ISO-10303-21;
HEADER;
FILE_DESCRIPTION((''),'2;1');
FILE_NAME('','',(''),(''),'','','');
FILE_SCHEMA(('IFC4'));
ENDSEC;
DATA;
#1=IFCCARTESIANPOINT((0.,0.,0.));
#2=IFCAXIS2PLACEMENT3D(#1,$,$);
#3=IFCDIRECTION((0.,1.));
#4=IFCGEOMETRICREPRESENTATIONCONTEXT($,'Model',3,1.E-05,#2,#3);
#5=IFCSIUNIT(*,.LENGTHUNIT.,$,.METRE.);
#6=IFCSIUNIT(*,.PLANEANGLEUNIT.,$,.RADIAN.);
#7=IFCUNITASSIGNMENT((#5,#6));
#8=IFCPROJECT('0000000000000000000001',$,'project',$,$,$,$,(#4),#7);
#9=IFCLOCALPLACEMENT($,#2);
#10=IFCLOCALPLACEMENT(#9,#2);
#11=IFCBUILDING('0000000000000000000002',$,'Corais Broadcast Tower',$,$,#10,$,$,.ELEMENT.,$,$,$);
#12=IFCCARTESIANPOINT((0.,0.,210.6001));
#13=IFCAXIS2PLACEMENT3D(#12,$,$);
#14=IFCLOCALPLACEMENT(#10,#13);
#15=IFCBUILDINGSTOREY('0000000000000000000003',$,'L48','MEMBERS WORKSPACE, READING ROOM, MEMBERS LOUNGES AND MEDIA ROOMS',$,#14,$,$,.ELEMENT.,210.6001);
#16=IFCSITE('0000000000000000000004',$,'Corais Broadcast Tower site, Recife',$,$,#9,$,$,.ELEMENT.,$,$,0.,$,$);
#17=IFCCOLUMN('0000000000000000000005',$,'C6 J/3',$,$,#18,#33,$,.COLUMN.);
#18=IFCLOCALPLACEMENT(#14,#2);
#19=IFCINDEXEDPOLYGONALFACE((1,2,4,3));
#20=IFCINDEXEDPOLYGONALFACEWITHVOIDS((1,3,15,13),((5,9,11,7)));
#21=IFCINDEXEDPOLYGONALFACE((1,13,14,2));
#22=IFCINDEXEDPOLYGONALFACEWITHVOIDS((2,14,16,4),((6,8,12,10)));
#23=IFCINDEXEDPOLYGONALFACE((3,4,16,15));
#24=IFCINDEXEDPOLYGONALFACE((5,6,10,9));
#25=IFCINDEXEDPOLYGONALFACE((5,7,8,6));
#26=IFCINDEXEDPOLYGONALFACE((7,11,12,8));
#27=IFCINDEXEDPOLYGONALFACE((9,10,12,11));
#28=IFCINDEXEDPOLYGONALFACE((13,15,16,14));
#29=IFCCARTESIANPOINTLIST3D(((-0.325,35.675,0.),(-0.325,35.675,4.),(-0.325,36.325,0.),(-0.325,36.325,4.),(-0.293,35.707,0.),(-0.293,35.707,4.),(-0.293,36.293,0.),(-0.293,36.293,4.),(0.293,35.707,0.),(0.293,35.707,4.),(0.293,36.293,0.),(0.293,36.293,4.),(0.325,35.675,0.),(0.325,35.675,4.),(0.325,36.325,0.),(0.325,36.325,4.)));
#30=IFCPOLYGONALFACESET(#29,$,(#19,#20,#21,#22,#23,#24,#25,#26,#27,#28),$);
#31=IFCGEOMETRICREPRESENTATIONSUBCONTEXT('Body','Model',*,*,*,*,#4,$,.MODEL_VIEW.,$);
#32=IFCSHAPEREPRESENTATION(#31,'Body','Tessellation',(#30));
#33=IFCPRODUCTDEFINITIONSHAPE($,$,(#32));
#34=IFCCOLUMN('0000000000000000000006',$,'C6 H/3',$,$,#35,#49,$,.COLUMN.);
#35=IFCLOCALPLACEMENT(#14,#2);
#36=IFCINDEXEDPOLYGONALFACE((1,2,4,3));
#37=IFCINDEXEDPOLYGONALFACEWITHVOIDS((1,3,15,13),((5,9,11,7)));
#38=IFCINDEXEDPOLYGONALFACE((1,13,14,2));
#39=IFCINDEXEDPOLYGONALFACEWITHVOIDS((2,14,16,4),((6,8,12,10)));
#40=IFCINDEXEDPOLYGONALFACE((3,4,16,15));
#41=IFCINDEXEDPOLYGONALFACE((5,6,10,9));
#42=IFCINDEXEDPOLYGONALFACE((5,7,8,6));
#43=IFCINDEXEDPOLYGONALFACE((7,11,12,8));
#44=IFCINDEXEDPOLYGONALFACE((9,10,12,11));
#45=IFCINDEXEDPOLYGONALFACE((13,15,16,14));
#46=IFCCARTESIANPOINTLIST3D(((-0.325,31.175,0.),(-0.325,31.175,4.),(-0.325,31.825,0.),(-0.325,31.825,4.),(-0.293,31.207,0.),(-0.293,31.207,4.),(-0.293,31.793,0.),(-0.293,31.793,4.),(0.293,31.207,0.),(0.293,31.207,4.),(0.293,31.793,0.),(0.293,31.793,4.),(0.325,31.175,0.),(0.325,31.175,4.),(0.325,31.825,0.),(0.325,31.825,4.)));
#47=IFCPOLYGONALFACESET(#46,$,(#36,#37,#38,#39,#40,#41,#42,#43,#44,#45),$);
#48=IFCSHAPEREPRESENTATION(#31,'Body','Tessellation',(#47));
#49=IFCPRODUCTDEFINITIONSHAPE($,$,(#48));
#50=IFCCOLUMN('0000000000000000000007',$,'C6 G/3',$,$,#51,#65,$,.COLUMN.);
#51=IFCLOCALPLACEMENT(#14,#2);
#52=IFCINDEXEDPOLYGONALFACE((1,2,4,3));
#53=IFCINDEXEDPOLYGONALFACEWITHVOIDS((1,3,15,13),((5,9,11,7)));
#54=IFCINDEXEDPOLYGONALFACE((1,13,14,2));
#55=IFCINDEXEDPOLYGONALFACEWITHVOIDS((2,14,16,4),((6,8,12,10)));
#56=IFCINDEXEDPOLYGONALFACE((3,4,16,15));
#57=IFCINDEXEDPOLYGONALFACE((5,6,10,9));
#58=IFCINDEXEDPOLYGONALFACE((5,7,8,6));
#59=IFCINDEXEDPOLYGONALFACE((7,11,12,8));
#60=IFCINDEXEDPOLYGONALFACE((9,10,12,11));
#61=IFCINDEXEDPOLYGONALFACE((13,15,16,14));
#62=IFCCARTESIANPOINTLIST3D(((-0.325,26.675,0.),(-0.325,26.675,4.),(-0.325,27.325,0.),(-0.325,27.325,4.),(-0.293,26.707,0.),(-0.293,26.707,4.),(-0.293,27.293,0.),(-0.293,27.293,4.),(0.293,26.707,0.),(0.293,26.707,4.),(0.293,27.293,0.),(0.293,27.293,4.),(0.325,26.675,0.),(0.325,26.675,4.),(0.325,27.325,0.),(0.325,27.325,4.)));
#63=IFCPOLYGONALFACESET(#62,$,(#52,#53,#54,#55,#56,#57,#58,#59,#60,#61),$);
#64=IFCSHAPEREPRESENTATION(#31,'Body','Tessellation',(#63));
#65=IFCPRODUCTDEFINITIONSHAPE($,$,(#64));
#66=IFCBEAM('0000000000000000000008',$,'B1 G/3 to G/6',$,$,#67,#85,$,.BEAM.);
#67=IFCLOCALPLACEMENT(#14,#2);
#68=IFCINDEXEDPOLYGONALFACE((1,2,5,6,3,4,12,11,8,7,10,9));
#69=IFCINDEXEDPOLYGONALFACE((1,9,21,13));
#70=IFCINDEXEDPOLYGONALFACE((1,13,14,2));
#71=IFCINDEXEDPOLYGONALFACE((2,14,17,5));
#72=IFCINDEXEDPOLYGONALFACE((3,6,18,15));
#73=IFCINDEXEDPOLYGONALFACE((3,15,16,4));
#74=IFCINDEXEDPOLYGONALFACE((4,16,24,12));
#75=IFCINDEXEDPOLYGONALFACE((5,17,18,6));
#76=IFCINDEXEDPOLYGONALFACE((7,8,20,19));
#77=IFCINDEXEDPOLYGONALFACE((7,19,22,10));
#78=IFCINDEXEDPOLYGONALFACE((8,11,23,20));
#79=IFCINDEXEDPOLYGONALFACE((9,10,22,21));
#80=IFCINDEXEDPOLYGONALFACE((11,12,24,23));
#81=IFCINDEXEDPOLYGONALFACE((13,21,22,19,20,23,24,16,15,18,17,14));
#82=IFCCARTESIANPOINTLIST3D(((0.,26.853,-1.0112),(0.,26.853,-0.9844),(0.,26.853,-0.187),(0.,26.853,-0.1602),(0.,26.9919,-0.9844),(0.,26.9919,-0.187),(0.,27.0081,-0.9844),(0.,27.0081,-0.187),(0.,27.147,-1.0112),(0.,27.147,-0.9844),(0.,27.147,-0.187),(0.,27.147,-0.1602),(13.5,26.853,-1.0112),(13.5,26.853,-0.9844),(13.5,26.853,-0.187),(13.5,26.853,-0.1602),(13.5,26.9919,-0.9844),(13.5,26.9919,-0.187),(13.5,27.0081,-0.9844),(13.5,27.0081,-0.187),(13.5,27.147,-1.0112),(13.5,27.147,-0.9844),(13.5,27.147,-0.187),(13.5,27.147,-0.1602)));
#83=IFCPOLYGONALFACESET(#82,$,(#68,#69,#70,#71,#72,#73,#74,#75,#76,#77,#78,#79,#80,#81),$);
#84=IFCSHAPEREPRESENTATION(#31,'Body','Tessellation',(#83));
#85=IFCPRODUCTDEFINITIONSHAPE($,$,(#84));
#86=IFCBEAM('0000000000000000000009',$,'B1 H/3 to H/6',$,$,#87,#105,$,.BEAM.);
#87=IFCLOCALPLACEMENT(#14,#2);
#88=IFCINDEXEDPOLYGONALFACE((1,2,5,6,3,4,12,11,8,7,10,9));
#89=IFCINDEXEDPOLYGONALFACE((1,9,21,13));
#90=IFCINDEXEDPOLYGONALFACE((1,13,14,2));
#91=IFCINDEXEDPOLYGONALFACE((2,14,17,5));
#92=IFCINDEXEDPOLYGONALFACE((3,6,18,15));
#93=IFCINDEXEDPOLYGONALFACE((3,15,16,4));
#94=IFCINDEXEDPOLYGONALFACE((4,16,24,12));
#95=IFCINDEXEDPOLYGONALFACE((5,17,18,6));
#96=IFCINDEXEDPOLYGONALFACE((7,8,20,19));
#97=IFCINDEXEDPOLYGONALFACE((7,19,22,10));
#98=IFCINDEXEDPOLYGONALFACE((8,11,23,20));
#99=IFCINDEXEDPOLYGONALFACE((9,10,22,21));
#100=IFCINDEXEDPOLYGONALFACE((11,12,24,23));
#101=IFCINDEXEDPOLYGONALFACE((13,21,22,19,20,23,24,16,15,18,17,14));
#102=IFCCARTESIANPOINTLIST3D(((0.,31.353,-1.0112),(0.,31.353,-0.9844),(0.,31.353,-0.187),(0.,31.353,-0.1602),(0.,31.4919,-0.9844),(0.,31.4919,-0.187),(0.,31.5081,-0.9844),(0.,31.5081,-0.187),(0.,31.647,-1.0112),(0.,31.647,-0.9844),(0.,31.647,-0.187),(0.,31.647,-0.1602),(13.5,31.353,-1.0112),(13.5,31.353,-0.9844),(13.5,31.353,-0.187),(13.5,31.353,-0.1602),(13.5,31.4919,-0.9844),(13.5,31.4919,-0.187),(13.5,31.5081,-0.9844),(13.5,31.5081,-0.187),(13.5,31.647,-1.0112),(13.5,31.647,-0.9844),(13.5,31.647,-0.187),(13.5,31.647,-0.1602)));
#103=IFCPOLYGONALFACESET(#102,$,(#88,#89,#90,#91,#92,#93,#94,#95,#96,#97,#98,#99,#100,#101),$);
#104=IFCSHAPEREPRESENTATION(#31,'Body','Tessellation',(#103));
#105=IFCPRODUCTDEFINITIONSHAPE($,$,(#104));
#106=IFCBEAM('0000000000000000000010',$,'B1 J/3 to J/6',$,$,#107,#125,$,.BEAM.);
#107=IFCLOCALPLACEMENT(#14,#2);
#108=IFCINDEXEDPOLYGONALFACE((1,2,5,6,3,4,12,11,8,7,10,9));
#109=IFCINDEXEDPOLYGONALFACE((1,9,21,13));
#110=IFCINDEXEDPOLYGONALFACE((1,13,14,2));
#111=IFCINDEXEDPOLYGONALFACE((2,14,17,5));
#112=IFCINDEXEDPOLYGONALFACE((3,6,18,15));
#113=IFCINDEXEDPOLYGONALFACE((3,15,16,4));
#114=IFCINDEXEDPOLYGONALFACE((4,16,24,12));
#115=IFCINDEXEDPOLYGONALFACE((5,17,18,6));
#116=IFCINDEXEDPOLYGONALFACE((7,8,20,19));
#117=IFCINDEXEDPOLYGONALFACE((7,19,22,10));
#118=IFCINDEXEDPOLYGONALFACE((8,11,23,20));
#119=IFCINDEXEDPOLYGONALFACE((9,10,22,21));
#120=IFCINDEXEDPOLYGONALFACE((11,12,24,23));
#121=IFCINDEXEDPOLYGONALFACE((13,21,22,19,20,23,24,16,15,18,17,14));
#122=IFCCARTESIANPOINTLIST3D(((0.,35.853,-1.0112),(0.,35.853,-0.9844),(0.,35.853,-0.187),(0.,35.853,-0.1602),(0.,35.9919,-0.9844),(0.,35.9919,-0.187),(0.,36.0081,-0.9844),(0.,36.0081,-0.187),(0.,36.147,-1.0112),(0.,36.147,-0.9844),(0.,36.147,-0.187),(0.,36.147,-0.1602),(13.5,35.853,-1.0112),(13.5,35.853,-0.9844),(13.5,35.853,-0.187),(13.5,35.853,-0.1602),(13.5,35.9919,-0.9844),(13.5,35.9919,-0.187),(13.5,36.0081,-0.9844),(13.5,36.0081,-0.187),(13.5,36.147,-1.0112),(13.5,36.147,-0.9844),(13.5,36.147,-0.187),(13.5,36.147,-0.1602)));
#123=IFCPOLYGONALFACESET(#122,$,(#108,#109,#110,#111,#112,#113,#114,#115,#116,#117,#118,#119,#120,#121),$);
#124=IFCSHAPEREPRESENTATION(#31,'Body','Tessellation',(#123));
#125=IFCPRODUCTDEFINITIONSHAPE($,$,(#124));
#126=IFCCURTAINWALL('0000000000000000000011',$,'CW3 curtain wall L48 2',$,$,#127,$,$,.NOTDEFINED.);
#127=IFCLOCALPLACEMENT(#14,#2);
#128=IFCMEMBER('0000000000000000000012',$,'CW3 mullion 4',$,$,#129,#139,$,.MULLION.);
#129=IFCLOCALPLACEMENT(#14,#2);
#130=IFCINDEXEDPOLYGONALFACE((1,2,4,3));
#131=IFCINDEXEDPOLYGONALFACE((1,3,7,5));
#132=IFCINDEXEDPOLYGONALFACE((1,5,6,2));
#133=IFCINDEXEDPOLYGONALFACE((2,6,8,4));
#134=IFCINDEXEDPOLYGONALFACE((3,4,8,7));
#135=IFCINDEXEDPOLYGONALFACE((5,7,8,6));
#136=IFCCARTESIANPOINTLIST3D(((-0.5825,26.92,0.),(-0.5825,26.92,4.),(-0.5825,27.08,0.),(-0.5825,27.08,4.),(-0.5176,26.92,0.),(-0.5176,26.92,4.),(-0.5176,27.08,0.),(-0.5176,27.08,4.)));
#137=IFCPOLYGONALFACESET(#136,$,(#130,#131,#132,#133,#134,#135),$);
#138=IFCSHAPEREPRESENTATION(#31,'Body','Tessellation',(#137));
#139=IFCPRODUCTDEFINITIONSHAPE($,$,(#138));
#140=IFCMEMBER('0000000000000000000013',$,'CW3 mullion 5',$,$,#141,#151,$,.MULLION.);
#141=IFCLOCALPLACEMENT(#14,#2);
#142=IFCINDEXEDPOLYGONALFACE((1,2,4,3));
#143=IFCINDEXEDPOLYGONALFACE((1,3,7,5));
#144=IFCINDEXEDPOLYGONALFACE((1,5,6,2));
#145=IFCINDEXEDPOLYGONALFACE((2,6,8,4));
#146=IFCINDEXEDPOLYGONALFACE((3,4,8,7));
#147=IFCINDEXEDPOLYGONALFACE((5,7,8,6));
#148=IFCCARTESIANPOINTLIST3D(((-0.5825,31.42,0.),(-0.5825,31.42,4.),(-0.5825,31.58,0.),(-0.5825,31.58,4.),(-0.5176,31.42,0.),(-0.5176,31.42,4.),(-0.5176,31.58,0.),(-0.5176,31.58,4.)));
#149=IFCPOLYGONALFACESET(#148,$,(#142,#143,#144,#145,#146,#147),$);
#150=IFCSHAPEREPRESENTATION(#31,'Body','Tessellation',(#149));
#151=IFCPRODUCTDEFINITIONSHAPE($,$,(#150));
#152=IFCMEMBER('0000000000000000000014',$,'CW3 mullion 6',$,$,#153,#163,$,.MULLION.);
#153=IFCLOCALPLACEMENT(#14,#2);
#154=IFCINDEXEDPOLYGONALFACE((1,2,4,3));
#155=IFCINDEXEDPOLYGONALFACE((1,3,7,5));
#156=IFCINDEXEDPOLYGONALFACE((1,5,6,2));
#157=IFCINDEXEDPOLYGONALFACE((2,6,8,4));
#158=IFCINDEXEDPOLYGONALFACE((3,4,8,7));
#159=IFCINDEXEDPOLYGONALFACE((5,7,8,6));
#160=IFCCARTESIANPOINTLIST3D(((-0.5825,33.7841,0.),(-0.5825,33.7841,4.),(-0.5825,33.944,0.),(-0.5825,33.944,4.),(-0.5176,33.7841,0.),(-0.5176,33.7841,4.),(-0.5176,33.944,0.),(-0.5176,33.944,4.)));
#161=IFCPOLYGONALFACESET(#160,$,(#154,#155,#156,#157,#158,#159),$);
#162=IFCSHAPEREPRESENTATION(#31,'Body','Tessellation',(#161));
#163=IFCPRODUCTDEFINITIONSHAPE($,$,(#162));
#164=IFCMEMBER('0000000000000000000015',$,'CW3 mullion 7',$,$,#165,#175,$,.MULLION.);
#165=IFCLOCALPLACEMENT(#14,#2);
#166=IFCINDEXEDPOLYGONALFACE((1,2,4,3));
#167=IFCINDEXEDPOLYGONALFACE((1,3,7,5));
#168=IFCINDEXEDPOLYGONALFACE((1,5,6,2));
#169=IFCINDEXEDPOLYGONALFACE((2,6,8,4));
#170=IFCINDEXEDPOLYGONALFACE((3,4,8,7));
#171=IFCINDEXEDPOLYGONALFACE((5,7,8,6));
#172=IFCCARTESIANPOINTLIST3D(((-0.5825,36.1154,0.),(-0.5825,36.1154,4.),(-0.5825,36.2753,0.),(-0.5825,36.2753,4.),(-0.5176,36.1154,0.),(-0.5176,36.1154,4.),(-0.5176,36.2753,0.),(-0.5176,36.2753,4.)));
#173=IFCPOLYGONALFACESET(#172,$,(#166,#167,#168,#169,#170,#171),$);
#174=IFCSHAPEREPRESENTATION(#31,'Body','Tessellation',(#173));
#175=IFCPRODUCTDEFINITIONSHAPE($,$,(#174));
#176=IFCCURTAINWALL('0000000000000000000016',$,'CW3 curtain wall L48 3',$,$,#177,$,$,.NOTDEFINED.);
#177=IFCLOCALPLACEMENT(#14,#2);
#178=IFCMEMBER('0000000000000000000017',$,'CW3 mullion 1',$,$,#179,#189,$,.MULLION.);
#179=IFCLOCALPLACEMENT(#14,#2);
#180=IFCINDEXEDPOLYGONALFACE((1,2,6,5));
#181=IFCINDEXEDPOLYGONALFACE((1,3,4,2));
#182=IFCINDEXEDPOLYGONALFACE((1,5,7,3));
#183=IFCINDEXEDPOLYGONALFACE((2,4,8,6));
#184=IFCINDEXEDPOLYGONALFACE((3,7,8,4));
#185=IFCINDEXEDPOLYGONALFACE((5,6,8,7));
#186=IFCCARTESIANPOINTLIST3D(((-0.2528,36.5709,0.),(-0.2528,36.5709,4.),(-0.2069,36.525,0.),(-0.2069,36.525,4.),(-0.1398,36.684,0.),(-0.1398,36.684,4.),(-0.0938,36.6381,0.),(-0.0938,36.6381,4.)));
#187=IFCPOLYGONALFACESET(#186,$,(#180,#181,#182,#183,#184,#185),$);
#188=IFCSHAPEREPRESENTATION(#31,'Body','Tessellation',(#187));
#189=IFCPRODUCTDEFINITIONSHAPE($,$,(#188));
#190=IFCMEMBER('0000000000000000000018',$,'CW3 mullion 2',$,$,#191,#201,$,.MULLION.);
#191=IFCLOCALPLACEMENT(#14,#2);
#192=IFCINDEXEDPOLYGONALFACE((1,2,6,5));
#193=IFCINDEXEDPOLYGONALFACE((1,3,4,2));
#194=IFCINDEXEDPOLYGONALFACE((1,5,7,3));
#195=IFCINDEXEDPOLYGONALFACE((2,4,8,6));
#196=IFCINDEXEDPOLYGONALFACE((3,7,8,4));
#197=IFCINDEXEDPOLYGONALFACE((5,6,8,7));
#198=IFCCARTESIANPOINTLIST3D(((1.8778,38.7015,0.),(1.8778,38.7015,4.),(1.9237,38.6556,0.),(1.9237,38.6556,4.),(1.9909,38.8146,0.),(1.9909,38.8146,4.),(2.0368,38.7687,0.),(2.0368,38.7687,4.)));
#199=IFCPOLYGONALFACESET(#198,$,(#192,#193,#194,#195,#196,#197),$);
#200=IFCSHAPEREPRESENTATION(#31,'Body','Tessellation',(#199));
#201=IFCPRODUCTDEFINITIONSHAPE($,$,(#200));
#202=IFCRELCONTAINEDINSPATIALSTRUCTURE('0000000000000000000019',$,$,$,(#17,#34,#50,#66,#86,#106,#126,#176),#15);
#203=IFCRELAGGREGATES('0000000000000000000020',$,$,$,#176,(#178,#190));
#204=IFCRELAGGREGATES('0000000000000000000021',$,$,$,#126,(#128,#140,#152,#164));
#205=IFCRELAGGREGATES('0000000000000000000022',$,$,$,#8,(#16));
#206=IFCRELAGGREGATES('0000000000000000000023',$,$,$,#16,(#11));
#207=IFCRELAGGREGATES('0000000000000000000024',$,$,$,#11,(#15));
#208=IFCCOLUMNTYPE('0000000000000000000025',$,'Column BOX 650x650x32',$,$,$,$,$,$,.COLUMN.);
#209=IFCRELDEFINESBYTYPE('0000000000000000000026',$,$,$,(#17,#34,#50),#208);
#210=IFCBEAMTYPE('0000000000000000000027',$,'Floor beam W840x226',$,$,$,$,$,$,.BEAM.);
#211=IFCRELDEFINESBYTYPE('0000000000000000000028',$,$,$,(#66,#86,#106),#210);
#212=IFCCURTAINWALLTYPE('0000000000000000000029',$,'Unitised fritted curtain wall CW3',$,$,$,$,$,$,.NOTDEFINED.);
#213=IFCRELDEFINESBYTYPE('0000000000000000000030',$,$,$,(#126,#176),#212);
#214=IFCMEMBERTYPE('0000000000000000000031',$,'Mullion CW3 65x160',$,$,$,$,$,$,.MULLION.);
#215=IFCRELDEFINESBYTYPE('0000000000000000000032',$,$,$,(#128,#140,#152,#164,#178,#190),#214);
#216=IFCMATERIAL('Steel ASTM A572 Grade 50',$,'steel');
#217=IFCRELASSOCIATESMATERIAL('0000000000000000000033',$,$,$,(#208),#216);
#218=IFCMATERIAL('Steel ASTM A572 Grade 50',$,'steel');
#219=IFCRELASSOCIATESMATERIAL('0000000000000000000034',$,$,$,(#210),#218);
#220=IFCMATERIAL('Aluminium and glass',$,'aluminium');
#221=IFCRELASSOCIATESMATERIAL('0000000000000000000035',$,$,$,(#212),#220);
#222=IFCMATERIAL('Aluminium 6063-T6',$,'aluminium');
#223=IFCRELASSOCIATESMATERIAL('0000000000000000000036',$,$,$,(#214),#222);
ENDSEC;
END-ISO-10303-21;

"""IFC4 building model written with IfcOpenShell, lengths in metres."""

from ifc_helpers import new_model, si_unit, direction, frame, origin, origin_2d, place, context, subcontext, project, spatial, rectangle, hollow_rectangle, i_section, extrude, material, material_profile, profile_set, type_object, element, aggregate, save


model = new_model("IFC4")

# Units and contexts
model_context = context("Model", 3, precision=1e-05, world=origin(), true_north=direction((0.0, 1.0)))
body_context = subcontext(model_context, "Body", "Model", "MODEL_VIEW")
ifc_project = project(units=[si_unit("LENGTHUNIT", "METRE"), si_unit("PLANEANGLEUNIT", "RADIAN")], contexts=[model_context])

# Site, building, storey
site_placement = place(None, origin())
site = spatial("IfcSite", under=ifc_project, at=site_placement, Name="Corais Broadcast Tower site, Recife", CompositionType="ELEMENT", RefElevation=0.0)
building_placement = place(site_placement, origin())
building = spatial("IfcBuilding", under=site, at=building_placement, Name="Corais Broadcast Tower", CompositionType="ELEMENT")
storey_placement = place(building_placement, frame((0.0, 0.0, 210.6001)))
storey = spatial("IfcBuildingStorey", under=building, at=storey_placement, Name="L48", Description="MEMBERS WORKSPACE, READING ROOM, MEMBERS LOUNGES AND MEDIA ROOMS", CompositionType="ELEMENT", Elevation=210.6001)

# Columns
ifc_material_1 = material(Name="Steel ASTM A572 Grade 50", Category="steel")
ifc_material_profile_1 = material_profile(ifc_material_1, hollow_rectangle(XDim=0.6499, YDim=0.6499, WallThickness=0.032, at=origin_2d()), Name="BOX 650x650x32")
ifc_profile_set_1 = profile_set([ifc_material_profile_1], Name="Steel ASTM A572 Grade 50")
column_type = type_object("IfcColumnType", Name="Column BOX 650x650x32", PredefinedType="COLUMN", material=ifc_profile_set_1)
for number, where, z_axis, x_axis, name in (
    (1, (0.0, 36.0, 0.0), (0.0, 0.0, 1.0), (1.0, 0.0, 0.0), "C6 J/3"),
    (2, (0.0, 31.5, 0.0), (0.0, 0.0, 1.0), (1.0, 0.0, 0.0), "C6 H/3"),
    (3, (0.0, 27.0, 0.0), (0.0, 0.0, 1.0), (1.0, 0.0, 0.0), "C6 G/3"),
):
    element("IfcColumn", number, at=place(storey_placement, frame(where, z_axis=z_axis, x_axis=x_axis)), inside=storey, type_object=column_type, Name=name, PredefinedType="COLUMN", context=body_context, shape_type="SweptSolid", body=[
        extrude(hollow_rectangle(XDim=0.6499, YDim=0.6499, WallThickness=0.032, at=origin_2d()), origin(), (0.0, 0.0, 1.0), 4.0),
    ])

# Beams
ifc_material_2 = material(Name="Steel ASTM A572 Grade 50", Category="steel")
ifc_material_profile_2 = material_profile(ifc_material_2, i_section(OverallWidth=0.2939, OverallDepth=0.8511, WebThickness=0.0161, FlangeThickness=0.0269, at=origin_2d()), Name="W840x226")
ifc_profile_set_2 = profile_set([ifc_material_profile_2], Name="Steel ASTM A572 Grade 50")
beam_type_1 = type_object("IfcBeamType", Name="Floor beam W840x226", PredefinedType="BEAM", material=ifc_profile_set_2)
for number, where, z_axis, x_axis, name in (
    (4, (0.0, 27.0, -0.5857), (1.0, 0.0, 0.0), (0.0, 1.0, 0.0), "B1 G/3 to G/6"),
    (5, (0.0, 31.5, -0.5857), (1.0, 0.0, 0.0), (0.0, 1.0, 0.0), "B1 H/3 to H/6"),
    (6, (0.0, 36.0, -0.5857), (1.0, 0.0, 0.0), (0.0, 1.0, 0.0), "B1 J/3 to J/6"),
):
    element("IfcBeam", number, at=place(storey_placement, frame(where, z_axis=z_axis, x_axis=x_axis)), inside=storey, type_object=beam_type_1, Name=name, PredefinedType="BEAM", context=body_context, shape_type="SweptSolid", body=[
        extrude(i_section(OverallWidth=0.2939, OverallDepth=0.8511, WebThickness=0.0161, FlangeThickness=0.0269, at=origin_2d()), origin(), (0.0, 0.0, 1.0), 13.5),
    ])

# Curtain walls, members
ifc_material_3 = material(Name="Aluminium and glass", Category="aluminium")
curtain_wall_type = type_object("IfcCurtainWallType", Name="Unitised fritted curtain wall CW3", PredefinedType="NOTDEFINED", material=ifc_material_3)
curtain_wall_1_placement = place(storey_placement, origin())
curtain_wall_1 = element("IfcCurtainWall", 7, at=curtain_wall_1_placement, inside=storey, type_object=curtain_wall_type, Name="CW3 curtain wall L48 2", PredefinedType="NOTDEFINED")
ifc_material_4 = material(Name="Aluminium 6063-T6", Category="aluminium")
ifc_material_profile_3 = material_profile(ifc_material_4, rectangle(XDim=0.0649, YDim=0.1599, at=origin_2d()), Name="Mullion CW3 65x160")
ifc_profile_set_3 = profile_set([ifc_material_profile_3], Name="Aluminium 6063-T6")
member_type_1 = type_object("IfcMemberType", Name="Mullion CW3 65x160", PredefinedType="MULLION", material=ifc_profile_set_3)
member_1_placement = place(storey_placement, frame((-0.55, 27.0, 0.0), z_axis=(0.0, 0.0, 1.0), x_axis=(-1.0, 0.0, 0.0)))
member_1 = element("IfcMember", 8, at=member_1_placement, type_object=member_type_1, Name="CW3 mullion 4", PredefinedType="MULLION", context=body_context, shape_type="SweptSolid", body=[
    extrude(rectangle(XDim=0.0649, YDim=0.1599, at=origin_2d()), origin(), (0.0, 0.0, 1.0), 4.0),
])
member_2_placement = place(storey_placement, frame((-0.55, 31.5, 0.0), z_axis=(0.0, 0.0, 1.0), x_axis=(-1.0, 0.0, 0.0)))
member_2 = element("IfcMember", 9, at=member_2_placement, type_object=member_type_1, Name="CW3 mullion 5", PredefinedType="MULLION", context=body_context, shape_type="SweptSolid", body=[
    extrude(rectangle(XDim=0.0649, YDim=0.1599, at=origin_2d()), origin(), (0.0, 0.0, 1.0), 4.0),
])
member_3_placement = place(storey_placement, frame((-0.55, 33.864, 0.0), z_axis=(0.0, 0.0, 1.0), x_axis=(-1.0, 0.0, 0.0)))
member_3 = element("IfcMember", 10, at=member_3_placement, type_object=member_type_1, Name="CW3 mullion 6", PredefinedType="MULLION", context=body_context, shape_type="SweptSolid", body=[
    extrude(rectangle(XDim=0.0649, YDim=0.1599, at=origin_2d()), origin(), (0.0, 0.0, 1.0), 4.0),
])
member_4_placement = place(storey_placement, frame((-0.55, 36.1953, 0.0), z_axis=(0.0, 0.0, 1.0), x_axis=(-1.0, 0.0, 0.0)))
member_4 = element("IfcMember", 11, at=member_4_placement, type_object=member_type_1, Name="CW3 mullion 7", PredefinedType="MULLION", context=body_context, shape_type="SweptSolid", body=[
    extrude(rectangle(XDim=0.0649, YDim=0.1599, at=origin_2d()), origin(), (0.0, 0.0, 1.0), 4.0),
])
curtain_wall_2_placement = place(storey_placement, origin())
curtain_wall_2 = element("IfcCurtainWall", 12, at=curtain_wall_2_placement, inside=storey, type_object=curtain_wall_type, Name="CW3 curtain wall L48 3", PredefinedType="NOTDEFINED")
member_5_placement = place(storey_placement, frame((-0.1733, 36.6045, 0.0), z_axis=(0.0, 0.0, 1.0), x_axis=(-0.707107, 0.707107, 0.0)))
member_5 = element("IfcMember", 13, at=member_5_placement, type_object=member_type_1, Name="CW3 mullion 1", PredefinedType="MULLION", context=body_context, shape_type="SweptSolid", body=[
    extrude(rectangle(XDim=0.0649, YDim=0.1599, at=origin_2d()), origin(), (0.0, 0.0, 1.0), 4.0),
])
member_6_placement = place(storey_placement, frame((1.9573, 38.7351, 0.0), z_axis=(0.0, 0.0, 1.0), x_axis=(-0.707107, 0.707107, 0.0)))
member_6 = element("IfcMember", 14, at=member_6_placement, type_object=member_type_1, Name="CW3 mullion 2", PredefinedType="MULLION", context=body_context, shape_type="SweptSolid", body=[
    extrude(rectangle(XDim=0.0649, YDim=0.1599, at=origin_2d()), origin(), (0.0, 0.0, 1.0), 4.0),
])

aggregate(curtain_wall_2, [member_5, member_6])
aggregate(curtain_wall_1, [member_1, member_2, member_3, member_4])

save(model, "model.ifc")
